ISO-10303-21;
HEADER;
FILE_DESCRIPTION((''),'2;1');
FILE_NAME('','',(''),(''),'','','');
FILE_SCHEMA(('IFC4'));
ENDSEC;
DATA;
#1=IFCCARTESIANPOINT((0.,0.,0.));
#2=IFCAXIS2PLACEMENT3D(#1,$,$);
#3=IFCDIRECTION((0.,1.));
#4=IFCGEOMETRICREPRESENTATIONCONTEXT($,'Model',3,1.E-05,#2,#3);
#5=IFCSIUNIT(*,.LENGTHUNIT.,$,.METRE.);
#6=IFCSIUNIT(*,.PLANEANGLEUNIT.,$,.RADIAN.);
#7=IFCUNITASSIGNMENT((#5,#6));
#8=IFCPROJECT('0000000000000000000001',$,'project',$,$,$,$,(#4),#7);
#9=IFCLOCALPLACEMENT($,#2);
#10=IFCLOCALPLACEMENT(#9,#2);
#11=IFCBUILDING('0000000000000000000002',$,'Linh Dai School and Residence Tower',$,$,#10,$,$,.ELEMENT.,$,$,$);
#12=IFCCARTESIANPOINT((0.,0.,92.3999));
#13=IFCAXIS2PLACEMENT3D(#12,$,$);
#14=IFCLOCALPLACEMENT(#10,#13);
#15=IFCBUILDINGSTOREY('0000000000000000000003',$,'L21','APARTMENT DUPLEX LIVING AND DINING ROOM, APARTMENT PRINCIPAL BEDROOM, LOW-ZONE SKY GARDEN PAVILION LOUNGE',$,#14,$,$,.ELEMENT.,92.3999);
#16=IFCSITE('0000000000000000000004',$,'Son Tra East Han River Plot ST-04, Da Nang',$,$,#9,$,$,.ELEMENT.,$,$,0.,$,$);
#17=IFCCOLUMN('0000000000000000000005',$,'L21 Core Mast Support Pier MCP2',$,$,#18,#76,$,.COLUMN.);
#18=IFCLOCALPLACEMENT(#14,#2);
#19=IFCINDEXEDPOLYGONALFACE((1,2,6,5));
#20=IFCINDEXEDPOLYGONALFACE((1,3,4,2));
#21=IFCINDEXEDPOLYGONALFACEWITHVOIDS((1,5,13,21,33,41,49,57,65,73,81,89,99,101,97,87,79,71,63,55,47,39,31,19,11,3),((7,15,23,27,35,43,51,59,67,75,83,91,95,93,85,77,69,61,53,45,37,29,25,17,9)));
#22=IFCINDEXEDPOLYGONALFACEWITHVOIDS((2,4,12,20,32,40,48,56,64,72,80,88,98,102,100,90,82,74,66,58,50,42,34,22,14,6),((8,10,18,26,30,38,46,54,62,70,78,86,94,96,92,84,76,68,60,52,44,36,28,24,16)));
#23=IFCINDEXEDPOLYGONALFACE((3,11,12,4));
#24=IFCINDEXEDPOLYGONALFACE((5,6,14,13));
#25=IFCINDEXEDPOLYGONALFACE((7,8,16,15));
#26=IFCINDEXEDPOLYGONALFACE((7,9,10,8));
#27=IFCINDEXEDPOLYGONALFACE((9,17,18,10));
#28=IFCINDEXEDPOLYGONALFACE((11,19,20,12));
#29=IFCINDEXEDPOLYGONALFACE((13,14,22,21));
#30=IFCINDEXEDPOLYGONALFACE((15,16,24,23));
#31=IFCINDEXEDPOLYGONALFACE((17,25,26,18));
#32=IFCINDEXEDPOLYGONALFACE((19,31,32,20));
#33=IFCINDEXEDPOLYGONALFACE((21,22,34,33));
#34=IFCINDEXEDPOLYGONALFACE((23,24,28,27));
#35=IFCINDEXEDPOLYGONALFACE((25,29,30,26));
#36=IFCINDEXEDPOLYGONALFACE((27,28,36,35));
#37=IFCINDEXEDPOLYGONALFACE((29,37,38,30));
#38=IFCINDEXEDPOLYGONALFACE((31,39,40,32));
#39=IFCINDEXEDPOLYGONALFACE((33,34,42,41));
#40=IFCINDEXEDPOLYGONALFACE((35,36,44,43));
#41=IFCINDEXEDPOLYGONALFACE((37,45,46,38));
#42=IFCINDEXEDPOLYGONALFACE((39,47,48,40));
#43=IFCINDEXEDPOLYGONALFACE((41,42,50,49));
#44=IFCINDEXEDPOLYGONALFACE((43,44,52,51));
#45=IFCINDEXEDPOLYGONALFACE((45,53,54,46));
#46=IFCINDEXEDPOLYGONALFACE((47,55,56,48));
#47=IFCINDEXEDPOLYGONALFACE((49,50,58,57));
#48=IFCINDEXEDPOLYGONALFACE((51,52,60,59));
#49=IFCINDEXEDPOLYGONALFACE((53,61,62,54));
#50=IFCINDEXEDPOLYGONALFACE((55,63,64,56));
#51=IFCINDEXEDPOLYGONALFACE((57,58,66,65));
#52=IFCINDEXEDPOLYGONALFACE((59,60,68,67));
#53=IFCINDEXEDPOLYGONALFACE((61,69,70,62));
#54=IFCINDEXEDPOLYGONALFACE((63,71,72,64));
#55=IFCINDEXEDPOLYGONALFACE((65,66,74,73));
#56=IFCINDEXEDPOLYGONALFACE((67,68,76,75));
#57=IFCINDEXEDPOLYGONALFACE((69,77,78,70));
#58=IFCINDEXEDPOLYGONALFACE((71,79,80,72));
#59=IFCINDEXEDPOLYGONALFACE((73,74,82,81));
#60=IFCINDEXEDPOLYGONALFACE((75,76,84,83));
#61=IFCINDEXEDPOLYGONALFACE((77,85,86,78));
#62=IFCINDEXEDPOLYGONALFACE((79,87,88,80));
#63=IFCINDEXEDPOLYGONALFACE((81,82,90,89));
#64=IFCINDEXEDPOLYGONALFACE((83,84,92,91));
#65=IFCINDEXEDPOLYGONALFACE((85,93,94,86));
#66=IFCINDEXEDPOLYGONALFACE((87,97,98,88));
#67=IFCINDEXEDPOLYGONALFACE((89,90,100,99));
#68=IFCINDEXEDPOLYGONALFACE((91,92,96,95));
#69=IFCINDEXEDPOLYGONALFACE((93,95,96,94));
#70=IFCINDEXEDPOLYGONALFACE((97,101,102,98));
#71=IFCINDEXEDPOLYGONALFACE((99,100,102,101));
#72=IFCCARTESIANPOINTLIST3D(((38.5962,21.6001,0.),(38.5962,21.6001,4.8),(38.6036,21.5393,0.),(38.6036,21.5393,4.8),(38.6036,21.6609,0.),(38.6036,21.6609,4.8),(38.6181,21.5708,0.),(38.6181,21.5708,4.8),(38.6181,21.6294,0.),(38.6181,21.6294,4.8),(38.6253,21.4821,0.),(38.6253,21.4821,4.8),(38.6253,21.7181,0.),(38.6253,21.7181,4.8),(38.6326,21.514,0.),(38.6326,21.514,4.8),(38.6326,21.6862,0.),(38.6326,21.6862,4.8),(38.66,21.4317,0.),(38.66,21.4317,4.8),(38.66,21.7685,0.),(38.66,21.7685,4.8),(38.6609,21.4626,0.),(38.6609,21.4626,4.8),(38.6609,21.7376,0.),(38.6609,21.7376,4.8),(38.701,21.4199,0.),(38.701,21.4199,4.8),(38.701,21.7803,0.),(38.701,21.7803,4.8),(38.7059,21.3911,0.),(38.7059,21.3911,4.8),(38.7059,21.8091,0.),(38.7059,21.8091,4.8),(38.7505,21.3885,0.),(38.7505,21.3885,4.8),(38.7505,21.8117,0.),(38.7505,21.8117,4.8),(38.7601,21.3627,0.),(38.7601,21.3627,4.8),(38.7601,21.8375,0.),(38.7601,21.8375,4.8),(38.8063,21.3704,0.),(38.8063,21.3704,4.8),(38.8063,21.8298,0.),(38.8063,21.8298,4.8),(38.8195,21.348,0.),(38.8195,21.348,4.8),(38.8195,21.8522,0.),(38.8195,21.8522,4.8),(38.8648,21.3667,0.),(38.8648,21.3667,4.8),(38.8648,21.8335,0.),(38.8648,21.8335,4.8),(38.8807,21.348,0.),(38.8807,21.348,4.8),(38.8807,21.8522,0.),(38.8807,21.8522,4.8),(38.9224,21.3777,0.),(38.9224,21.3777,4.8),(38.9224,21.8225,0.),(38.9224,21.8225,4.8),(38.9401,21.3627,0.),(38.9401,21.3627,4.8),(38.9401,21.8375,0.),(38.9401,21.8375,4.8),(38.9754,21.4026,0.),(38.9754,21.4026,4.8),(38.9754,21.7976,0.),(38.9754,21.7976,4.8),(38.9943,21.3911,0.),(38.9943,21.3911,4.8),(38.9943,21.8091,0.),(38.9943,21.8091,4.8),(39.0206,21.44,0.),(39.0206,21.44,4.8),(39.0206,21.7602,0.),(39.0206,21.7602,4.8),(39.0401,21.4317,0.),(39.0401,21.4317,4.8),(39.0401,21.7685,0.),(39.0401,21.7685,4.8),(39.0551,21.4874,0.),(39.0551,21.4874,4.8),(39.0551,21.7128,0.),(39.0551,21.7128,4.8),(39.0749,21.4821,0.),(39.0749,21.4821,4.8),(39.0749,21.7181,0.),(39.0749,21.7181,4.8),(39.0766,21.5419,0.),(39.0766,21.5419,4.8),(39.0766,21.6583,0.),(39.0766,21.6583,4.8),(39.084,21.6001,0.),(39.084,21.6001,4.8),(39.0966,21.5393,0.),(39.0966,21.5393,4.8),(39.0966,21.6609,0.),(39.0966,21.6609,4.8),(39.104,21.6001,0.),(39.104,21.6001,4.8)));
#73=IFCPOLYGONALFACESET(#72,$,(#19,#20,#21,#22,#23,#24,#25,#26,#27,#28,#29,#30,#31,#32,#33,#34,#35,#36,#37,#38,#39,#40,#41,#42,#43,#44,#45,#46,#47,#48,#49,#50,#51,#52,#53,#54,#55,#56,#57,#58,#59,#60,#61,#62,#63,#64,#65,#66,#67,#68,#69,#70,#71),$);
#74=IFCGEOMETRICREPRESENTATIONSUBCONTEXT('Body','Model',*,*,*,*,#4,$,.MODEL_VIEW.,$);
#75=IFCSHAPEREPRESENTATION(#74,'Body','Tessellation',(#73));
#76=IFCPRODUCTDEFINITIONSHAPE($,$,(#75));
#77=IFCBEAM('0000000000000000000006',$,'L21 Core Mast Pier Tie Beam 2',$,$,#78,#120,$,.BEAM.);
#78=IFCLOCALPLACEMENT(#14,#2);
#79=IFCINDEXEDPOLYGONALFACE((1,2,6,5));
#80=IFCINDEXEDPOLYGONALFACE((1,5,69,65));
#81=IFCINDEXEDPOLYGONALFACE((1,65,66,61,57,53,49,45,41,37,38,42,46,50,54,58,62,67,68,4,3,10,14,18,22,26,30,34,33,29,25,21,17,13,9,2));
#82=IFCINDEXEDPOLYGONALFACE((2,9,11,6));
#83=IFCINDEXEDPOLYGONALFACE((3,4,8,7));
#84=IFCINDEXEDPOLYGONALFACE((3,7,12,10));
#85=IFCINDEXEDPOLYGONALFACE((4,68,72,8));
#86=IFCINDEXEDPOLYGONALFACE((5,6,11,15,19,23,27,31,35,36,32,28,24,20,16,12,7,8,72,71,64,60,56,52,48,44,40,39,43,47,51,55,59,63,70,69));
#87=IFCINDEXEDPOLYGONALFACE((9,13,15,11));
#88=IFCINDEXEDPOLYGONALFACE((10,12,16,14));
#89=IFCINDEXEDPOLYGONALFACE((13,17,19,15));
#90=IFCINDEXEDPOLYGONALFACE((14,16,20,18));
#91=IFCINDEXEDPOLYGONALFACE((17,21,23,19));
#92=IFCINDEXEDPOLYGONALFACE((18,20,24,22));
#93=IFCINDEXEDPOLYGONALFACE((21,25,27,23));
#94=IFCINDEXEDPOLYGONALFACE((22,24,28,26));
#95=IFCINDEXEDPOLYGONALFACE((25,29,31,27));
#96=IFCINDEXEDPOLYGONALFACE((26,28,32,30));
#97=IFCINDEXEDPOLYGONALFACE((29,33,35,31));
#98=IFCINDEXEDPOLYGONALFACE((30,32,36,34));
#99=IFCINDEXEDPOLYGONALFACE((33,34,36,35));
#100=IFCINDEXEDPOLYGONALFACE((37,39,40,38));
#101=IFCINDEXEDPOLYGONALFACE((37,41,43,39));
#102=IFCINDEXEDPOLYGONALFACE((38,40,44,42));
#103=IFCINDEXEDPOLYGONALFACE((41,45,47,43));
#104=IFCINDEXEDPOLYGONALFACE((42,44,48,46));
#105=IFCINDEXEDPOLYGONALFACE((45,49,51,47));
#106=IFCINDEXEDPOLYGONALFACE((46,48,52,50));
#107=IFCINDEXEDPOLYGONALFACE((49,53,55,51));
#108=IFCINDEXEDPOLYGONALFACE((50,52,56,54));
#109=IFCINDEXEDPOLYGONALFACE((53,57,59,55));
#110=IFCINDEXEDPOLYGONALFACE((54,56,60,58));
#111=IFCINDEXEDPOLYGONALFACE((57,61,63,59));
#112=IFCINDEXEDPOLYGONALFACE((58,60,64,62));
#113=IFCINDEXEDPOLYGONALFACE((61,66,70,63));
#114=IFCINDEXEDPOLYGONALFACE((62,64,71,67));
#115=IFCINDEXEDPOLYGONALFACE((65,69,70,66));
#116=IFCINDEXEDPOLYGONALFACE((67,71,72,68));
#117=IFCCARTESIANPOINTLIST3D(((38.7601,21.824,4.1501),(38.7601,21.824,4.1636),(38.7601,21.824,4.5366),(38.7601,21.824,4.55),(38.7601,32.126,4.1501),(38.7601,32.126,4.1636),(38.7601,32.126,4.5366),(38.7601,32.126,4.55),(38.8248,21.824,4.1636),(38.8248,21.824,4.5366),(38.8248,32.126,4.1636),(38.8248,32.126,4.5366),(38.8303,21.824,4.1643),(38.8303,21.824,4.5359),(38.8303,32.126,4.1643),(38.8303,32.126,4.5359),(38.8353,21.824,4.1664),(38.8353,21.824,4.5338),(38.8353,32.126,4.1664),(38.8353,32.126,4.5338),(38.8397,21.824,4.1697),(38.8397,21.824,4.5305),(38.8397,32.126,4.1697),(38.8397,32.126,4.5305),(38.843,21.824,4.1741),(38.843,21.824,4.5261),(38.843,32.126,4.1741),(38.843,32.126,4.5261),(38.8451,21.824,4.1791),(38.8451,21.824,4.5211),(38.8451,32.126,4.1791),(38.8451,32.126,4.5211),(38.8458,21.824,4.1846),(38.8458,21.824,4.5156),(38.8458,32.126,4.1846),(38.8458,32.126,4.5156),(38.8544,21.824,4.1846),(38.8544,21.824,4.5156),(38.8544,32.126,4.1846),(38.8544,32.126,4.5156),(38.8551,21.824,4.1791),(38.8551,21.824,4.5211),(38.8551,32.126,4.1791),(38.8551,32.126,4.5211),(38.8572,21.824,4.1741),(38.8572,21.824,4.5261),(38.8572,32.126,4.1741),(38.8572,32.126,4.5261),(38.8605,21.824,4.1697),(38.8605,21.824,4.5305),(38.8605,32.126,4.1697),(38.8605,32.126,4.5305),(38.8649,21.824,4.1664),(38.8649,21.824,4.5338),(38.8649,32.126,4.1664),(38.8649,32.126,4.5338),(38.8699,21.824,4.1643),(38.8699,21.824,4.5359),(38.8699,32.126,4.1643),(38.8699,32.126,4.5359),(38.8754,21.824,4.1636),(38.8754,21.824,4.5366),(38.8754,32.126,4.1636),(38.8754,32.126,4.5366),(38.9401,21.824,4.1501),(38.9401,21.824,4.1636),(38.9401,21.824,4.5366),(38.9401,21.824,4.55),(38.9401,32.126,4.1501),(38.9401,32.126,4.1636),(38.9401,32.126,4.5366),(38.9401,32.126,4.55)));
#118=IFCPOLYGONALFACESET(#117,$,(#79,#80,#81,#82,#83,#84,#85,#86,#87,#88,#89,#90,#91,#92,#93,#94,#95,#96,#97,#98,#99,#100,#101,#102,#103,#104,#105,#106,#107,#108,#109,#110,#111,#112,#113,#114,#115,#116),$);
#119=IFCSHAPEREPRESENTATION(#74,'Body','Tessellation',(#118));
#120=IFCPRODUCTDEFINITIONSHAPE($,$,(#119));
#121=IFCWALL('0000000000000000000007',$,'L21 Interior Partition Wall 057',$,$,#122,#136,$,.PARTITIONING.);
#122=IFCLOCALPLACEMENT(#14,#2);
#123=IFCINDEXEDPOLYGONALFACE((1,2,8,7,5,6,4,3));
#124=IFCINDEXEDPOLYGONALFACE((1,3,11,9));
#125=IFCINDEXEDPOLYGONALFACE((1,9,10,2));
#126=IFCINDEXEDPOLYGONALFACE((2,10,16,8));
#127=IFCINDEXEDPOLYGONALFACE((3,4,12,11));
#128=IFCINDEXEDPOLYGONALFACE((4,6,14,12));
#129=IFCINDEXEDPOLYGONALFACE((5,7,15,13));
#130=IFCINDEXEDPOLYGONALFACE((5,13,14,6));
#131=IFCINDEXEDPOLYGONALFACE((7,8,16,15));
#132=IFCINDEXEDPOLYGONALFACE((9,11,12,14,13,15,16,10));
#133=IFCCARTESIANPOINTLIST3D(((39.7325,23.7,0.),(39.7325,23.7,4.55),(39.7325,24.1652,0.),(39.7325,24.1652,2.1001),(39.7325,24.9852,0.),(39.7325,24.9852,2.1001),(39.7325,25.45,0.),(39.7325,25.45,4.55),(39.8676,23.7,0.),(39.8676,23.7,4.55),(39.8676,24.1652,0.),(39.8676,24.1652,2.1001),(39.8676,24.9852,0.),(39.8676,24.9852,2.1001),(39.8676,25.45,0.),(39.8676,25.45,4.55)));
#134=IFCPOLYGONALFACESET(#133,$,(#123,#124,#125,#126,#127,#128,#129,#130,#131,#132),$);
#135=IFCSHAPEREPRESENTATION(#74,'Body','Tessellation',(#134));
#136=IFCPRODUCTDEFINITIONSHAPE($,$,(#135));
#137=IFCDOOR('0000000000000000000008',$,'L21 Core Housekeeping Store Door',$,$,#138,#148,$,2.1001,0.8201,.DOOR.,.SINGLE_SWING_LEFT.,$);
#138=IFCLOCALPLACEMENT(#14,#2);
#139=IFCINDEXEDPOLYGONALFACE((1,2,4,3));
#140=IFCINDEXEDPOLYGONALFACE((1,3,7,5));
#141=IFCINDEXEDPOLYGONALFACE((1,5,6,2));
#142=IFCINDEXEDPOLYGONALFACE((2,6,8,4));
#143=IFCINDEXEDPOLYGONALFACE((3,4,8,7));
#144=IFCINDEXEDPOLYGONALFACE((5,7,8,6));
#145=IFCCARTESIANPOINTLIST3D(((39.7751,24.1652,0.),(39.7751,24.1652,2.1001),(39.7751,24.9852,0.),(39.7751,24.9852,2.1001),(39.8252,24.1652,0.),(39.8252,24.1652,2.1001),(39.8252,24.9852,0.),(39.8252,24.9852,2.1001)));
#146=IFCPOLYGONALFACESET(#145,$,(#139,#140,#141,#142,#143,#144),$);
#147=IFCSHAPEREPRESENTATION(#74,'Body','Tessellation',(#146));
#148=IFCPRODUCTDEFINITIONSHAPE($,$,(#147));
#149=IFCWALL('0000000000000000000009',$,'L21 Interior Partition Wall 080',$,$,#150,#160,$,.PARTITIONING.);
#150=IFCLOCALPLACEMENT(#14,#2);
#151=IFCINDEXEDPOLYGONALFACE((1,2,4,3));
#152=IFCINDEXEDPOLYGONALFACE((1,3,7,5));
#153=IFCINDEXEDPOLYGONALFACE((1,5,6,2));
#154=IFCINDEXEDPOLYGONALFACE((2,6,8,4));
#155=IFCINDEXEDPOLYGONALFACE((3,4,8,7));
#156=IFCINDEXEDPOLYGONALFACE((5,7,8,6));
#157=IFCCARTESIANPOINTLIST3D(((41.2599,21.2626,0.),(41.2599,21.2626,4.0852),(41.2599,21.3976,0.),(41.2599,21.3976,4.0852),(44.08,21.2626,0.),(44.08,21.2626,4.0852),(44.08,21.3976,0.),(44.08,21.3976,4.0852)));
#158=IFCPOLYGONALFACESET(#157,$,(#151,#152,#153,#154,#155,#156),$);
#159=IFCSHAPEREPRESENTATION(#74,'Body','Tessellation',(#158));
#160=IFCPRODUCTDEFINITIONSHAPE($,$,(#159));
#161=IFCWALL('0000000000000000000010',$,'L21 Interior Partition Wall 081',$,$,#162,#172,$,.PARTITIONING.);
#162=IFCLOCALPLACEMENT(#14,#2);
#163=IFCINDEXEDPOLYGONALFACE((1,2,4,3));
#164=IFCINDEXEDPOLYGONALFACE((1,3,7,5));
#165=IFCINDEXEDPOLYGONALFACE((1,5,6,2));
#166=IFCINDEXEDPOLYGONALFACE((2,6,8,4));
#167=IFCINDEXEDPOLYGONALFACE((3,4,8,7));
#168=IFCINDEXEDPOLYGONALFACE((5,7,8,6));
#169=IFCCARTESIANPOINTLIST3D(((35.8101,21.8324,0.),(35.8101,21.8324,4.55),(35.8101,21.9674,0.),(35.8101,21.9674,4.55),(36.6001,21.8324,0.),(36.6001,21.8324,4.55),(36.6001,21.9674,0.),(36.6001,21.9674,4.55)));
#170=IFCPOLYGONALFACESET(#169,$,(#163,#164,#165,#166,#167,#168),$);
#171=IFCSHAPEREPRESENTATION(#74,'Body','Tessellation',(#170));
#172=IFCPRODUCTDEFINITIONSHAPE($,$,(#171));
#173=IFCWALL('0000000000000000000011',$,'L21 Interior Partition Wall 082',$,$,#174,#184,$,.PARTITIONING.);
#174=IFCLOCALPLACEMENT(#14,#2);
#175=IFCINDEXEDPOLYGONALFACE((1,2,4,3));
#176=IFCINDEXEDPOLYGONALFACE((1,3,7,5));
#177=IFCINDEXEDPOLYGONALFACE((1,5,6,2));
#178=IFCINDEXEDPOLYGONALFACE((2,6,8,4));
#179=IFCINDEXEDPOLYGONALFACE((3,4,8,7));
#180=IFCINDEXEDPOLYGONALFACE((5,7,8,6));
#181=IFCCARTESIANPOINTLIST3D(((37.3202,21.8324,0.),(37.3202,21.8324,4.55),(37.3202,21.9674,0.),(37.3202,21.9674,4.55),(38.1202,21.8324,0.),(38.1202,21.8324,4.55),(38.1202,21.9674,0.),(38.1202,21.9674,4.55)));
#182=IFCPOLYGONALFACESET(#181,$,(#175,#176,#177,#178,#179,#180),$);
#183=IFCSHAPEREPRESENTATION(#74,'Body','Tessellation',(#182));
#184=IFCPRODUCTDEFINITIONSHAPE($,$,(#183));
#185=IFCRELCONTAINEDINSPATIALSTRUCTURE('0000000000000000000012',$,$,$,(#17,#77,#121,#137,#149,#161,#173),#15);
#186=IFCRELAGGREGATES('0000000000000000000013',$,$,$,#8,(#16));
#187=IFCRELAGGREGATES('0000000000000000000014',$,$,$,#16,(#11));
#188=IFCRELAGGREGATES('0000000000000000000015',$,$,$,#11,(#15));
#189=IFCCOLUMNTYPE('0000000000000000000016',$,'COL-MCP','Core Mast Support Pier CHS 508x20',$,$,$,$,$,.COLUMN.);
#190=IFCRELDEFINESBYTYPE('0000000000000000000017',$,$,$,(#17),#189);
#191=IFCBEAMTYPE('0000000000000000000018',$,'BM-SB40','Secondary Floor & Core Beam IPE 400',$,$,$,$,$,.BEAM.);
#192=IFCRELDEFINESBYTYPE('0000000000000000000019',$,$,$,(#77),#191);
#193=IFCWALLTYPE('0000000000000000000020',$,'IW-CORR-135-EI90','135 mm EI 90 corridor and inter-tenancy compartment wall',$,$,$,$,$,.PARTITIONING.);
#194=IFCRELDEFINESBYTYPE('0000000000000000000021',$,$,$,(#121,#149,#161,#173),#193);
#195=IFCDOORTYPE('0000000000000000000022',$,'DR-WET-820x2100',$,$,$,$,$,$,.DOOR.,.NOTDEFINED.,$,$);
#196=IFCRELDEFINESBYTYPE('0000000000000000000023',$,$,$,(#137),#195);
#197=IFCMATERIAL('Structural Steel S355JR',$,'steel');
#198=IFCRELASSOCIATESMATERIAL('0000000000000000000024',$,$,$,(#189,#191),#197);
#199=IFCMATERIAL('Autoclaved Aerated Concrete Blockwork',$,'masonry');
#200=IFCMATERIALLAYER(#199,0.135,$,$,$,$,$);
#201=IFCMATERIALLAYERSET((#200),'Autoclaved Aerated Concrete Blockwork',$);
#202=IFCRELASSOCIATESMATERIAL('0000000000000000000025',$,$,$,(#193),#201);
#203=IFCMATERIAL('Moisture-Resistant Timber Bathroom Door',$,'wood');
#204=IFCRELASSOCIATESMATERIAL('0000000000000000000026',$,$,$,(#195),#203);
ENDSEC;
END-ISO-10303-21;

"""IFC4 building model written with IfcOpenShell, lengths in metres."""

from ifc_helpers import new_model, si_unit, direction, frame, frame_2d, origin, origin_2d, place, context, subcontext, project, spatial, rectangle, hollow_circle, i_section, extrude, source, transform, mapped, material, layer, layer_set, material_profile, profile_set, type_object, element, fill, save


model = new_model("IFC4")

# Units and contexts
model_context = context("Model", 3, precision=1e-05, world=origin(), true_north=direction((0.0, 1.0)))
body_context = subcontext(model_context, "Body", "Model", "MODEL_VIEW")
ifc_project = project(units=[si_unit("LENGTHUNIT", "METRE"), si_unit("PLANEANGLEUNIT", "RADIAN")], contexts=[model_context])

# Site, building, storey
site_placement = place(None, origin())
site = spatial("IfcSite", under=ifc_project, at=site_placement, Name="Son Tra East Han River Plot ST-04, Da Nang", CompositionType="ELEMENT", RefElevation=0.0)
building_placement = place(site_placement, origin())
building = spatial("IfcBuilding", under=site, at=building_placement, Name="Linh Dai School and Residence Tower", CompositionType="ELEMENT")
storey_placement = place(building_placement, frame((0.0, 0.0, 92.3999)))
storey = spatial("IfcBuildingStorey", under=building, at=storey_placement, Name="L21", Description="APARTMENT DUPLEX LIVING AND DINING ROOM, APARTMENT PRINCIPAL BEDROOM, LOW-ZONE SKY GARDEN PAVILION LOUNGE", CompositionType="ELEMENT", Elevation=92.3999)

# Column
ifc_material_1 = material(Name="Structural Steel S355JR", Category="steel")
ifc_material_profile_1 = material_profile(ifc_material_1, hollow_circle(Radius=0.2539, WallThickness=0.02, at=origin_2d()), Name="CHS 508x20")
ifc_profile_set_1 = profile_set([ifc_material_profile_1], Name="Structural Steel S355JR")
column_type_1 = type_object("IfcColumnType", Name="COL-MCP", Description="Core Mast Support Pier CHS 508x20", PredefinedType="COLUMN", material=ifc_profile_set_1)
column_placement = place(storey_placement, frame((38.8501, 21.6001, 0.0), z_axis=(0.0, 0.0, 1.0), x_axis=(1.0, 0.0, 0.0)))
element("IfcColumn", 1, at=column_placement, inside=storey, type_object=column_type_1, Name="L21 Core Mast Support Pier MCP2", PredefinedType="COLUMN", context=body_context, shape_type="SweptSolid", body=[
    extrude(hollow_circle(Radius=0.2539, WallThickness=0.02, at=origin_2d()), origin(), (0.0, 0.0, 1.0), 4.8),
])

# Beam
ifc_material_profile_2 = material_profile(ifc_material_1, i_section(OverallWidth=0.1799, OverallDepth=0.3999, WebThickness=0.0085, FlangeThickness=0.0134, FilletRadius=0.021, at=origin_2d()), Name="IPE 400")
ifc_profile_set_2 = profile_set([ifc_material_profile_2], Name="Structural Steel S355JR")
beam_type = type_object("IfcBeamType", Name="BM-SB40", Description="Secondary Floor & Core Beam IPE 400", PredefinedType="BEAM", material=ifc_profile_set_2)
beam_placement = place(storey_placement, frame((38.8501, 21.824, 4.3501), z_axis=(0.0, 1.0, 0.0), x_axis=(-1.0, 0.0, 0.0)))
element("IfcBeam", 2, at=beam_placement, inside=storey, type_object=beam_type, Name="L21 Core Mast Pier Tie Beam 2", PredefinedType="BEAM", context=body_context, shape_type="SweptSolid", body=[
    extrude(i_section(OverallWidth=0.1799, OverallDepth=0.3999, WebThickness=0.0085, FlangeThickness=0.0134, FilletRadius=0.021, at=origin_2d()), origin(), (0.0, 0.0, 1.0), 10.302),
])

# Wall, opening, door
ifc_material_2 = material(Name="Autoclaved Aerated Concrete Blockwork", Category="masonry")
ifc_layer_1 = layer(ifc_material_2, 0.135)
ifc_layer_set_1 = layer_set([ifc_layer_1], Name="Autoclaved Aerated Concrete Blockwork")
wall_type_1 = type_object("IfcWallType", Name="IW-CORR-135-EI90", Description="135 mm EI 90 corridor and inter-tenancy compartment wall", PredefinedType="PARTITIONING", material=ifc_layer_set_1)
wall_1_placement = place(storey_placement, frame((39.8, 23.7, 0.0), z_axis=(0.0, 0.0, 1.0), x_axis=(0.0, 1.0, 0.0)))
wall_1 = element("IfcWall", 3, at=wall_1_placement, inside=storey, type_object=wall_type_1, Name="L21 Interior Partition Wall 057", PredefinedType="PARTITIONING", context=body_context, shape_type="SweptSolid", body=[
    extrude(rectangle(XDim=1.75, YDim=0.135, at=frame_2d((0.875, 0.0))), origin(), (0.0, 0.0, 1.0), 4.55),
])
opening_placement = place(wall_1_placement, frame((0.4651, 0.0, 0.0)))
opening = element("IfcOpeningElement", 4, at=opening_placement, cuts=wall_1, PredefinedType="OPENING", context=body_context, shape_type="SweptSolid", body=[
    extrude(rectangle(XDim=0.8201, YDim=2.1001, at=origin_2d()), frame((0.4102, 0.0776, 1.05), z_axis=(0.0, -1.0, 0.0), x_axis=(1.0, 0.0, 0.0)), (0.0, 0.0, 1.0), 0.155),
])
ifc_material_3 = material(Name="Moisture-Resistant Timber Bathroom Door", Category="wood")
door_type = type_object("IfcDoorType", Name="DR-WET-820x2100", OperationType="NOTDEFINED", PredefinedType="DOOR", material=ifc_material_3)
shared_shape_1 = source(origin(), body_context, "Body", "SweptSolid", [
    extrude(rectangle(XDim=0.8201, YDim=2.1001, at=origin_2d()), frame((0.4102, 0.0249, 1.05), z_axis=(0.0, -1.0, 0.0), x_axis=(1.0, 0.0, 0.0)), (0.0, 0.0, 1.0), 0.05),
])
door_placement = place(opening_placement, origin())
door = element("IfcDoor", 5, at=door_placement, inside=storey, type_object=door_type, Name="L21 Core Housekeeping Store Door", OperationType="SINGLE_SWING_LEFT", OverallHeight=2.1001, OverallWidth=0.8201, PredefinedType="DOOR", context=body_context, shape_type="MappedRepresentation", body=[
    mapped(shared_shape_1, transform((0.0, 0.0, 0.0), x_axis=(1.0, 0.0, 0.0), y_axis=(0.0, 1.0, 0.0), z_axis=(0.0, 0.0, 1.0), scale=1.0)),
])
fill(opening, door)

# Walls
wall_2_placement = place(storey_placement, frame((44.0801, 21.3301, 0.0), z_axis=(0.0, 0.0, 1.0), x_axis=(-1.0, 0.0, 0.0)))
element("IfcWall", 6, at=wall_2_placement, inside=storey, type_object=wall_type_1, Name="L21 Interior Partition Wall 080", PredefinedType="PARTITIONING", context=body_context, shape_type="SweptSolid", body=[
    extrude(rectangle(XDim=2.8201, YDim=0.135, at=frame_2d((1.4102, 0.0))), origin(), (0.0, 0.0, 1.0), 4.0852),
])
wall_3_placement = place(storey_placement, frame((36.6001, 21.8999, 0.0), z_axis=(0.0, 0.0, 1.0), x_axis=(-1.0, 0.0, 0.0)))
element("IfcWall", 7, at=wall_3_placement, inside=storey, type_object=wall_type_1, Name="L21 Interior Partition Wall 081", PredefinedType="PARTITIONING", context=body_context, shape_type="SweptSolid", body=[
    extrude(rectangle(XDim=0.79, YDim=0.135, at=frame_2d((0.395, 0.0))), origin(), (0.0, 0.0, 1.0), 4.55),
])
wall_4_placement = place(storey_placement, frame((38.1201, 21.8999, 0.0), z_axis=(0.0, 0.0, 1.0), x_axis=(-1.0, 0.0, 0.0)))
element("IfcWall", 8, at=wall_4_placement, inside=storey, type_object=wall_type_1, Name="L21 Interior Partition Wall 082", PredefinedType="PARTITIONING", context=body_context, shape_type="SweptSolid", body=[
    extrude(rectangle(XDim=0.8, YDim=0.135, at=frame_2d((0.3999, 0.0))), origin(), (0.0, 0.0, 1.0), 4.55),
])

save(model, "model.ifc")
